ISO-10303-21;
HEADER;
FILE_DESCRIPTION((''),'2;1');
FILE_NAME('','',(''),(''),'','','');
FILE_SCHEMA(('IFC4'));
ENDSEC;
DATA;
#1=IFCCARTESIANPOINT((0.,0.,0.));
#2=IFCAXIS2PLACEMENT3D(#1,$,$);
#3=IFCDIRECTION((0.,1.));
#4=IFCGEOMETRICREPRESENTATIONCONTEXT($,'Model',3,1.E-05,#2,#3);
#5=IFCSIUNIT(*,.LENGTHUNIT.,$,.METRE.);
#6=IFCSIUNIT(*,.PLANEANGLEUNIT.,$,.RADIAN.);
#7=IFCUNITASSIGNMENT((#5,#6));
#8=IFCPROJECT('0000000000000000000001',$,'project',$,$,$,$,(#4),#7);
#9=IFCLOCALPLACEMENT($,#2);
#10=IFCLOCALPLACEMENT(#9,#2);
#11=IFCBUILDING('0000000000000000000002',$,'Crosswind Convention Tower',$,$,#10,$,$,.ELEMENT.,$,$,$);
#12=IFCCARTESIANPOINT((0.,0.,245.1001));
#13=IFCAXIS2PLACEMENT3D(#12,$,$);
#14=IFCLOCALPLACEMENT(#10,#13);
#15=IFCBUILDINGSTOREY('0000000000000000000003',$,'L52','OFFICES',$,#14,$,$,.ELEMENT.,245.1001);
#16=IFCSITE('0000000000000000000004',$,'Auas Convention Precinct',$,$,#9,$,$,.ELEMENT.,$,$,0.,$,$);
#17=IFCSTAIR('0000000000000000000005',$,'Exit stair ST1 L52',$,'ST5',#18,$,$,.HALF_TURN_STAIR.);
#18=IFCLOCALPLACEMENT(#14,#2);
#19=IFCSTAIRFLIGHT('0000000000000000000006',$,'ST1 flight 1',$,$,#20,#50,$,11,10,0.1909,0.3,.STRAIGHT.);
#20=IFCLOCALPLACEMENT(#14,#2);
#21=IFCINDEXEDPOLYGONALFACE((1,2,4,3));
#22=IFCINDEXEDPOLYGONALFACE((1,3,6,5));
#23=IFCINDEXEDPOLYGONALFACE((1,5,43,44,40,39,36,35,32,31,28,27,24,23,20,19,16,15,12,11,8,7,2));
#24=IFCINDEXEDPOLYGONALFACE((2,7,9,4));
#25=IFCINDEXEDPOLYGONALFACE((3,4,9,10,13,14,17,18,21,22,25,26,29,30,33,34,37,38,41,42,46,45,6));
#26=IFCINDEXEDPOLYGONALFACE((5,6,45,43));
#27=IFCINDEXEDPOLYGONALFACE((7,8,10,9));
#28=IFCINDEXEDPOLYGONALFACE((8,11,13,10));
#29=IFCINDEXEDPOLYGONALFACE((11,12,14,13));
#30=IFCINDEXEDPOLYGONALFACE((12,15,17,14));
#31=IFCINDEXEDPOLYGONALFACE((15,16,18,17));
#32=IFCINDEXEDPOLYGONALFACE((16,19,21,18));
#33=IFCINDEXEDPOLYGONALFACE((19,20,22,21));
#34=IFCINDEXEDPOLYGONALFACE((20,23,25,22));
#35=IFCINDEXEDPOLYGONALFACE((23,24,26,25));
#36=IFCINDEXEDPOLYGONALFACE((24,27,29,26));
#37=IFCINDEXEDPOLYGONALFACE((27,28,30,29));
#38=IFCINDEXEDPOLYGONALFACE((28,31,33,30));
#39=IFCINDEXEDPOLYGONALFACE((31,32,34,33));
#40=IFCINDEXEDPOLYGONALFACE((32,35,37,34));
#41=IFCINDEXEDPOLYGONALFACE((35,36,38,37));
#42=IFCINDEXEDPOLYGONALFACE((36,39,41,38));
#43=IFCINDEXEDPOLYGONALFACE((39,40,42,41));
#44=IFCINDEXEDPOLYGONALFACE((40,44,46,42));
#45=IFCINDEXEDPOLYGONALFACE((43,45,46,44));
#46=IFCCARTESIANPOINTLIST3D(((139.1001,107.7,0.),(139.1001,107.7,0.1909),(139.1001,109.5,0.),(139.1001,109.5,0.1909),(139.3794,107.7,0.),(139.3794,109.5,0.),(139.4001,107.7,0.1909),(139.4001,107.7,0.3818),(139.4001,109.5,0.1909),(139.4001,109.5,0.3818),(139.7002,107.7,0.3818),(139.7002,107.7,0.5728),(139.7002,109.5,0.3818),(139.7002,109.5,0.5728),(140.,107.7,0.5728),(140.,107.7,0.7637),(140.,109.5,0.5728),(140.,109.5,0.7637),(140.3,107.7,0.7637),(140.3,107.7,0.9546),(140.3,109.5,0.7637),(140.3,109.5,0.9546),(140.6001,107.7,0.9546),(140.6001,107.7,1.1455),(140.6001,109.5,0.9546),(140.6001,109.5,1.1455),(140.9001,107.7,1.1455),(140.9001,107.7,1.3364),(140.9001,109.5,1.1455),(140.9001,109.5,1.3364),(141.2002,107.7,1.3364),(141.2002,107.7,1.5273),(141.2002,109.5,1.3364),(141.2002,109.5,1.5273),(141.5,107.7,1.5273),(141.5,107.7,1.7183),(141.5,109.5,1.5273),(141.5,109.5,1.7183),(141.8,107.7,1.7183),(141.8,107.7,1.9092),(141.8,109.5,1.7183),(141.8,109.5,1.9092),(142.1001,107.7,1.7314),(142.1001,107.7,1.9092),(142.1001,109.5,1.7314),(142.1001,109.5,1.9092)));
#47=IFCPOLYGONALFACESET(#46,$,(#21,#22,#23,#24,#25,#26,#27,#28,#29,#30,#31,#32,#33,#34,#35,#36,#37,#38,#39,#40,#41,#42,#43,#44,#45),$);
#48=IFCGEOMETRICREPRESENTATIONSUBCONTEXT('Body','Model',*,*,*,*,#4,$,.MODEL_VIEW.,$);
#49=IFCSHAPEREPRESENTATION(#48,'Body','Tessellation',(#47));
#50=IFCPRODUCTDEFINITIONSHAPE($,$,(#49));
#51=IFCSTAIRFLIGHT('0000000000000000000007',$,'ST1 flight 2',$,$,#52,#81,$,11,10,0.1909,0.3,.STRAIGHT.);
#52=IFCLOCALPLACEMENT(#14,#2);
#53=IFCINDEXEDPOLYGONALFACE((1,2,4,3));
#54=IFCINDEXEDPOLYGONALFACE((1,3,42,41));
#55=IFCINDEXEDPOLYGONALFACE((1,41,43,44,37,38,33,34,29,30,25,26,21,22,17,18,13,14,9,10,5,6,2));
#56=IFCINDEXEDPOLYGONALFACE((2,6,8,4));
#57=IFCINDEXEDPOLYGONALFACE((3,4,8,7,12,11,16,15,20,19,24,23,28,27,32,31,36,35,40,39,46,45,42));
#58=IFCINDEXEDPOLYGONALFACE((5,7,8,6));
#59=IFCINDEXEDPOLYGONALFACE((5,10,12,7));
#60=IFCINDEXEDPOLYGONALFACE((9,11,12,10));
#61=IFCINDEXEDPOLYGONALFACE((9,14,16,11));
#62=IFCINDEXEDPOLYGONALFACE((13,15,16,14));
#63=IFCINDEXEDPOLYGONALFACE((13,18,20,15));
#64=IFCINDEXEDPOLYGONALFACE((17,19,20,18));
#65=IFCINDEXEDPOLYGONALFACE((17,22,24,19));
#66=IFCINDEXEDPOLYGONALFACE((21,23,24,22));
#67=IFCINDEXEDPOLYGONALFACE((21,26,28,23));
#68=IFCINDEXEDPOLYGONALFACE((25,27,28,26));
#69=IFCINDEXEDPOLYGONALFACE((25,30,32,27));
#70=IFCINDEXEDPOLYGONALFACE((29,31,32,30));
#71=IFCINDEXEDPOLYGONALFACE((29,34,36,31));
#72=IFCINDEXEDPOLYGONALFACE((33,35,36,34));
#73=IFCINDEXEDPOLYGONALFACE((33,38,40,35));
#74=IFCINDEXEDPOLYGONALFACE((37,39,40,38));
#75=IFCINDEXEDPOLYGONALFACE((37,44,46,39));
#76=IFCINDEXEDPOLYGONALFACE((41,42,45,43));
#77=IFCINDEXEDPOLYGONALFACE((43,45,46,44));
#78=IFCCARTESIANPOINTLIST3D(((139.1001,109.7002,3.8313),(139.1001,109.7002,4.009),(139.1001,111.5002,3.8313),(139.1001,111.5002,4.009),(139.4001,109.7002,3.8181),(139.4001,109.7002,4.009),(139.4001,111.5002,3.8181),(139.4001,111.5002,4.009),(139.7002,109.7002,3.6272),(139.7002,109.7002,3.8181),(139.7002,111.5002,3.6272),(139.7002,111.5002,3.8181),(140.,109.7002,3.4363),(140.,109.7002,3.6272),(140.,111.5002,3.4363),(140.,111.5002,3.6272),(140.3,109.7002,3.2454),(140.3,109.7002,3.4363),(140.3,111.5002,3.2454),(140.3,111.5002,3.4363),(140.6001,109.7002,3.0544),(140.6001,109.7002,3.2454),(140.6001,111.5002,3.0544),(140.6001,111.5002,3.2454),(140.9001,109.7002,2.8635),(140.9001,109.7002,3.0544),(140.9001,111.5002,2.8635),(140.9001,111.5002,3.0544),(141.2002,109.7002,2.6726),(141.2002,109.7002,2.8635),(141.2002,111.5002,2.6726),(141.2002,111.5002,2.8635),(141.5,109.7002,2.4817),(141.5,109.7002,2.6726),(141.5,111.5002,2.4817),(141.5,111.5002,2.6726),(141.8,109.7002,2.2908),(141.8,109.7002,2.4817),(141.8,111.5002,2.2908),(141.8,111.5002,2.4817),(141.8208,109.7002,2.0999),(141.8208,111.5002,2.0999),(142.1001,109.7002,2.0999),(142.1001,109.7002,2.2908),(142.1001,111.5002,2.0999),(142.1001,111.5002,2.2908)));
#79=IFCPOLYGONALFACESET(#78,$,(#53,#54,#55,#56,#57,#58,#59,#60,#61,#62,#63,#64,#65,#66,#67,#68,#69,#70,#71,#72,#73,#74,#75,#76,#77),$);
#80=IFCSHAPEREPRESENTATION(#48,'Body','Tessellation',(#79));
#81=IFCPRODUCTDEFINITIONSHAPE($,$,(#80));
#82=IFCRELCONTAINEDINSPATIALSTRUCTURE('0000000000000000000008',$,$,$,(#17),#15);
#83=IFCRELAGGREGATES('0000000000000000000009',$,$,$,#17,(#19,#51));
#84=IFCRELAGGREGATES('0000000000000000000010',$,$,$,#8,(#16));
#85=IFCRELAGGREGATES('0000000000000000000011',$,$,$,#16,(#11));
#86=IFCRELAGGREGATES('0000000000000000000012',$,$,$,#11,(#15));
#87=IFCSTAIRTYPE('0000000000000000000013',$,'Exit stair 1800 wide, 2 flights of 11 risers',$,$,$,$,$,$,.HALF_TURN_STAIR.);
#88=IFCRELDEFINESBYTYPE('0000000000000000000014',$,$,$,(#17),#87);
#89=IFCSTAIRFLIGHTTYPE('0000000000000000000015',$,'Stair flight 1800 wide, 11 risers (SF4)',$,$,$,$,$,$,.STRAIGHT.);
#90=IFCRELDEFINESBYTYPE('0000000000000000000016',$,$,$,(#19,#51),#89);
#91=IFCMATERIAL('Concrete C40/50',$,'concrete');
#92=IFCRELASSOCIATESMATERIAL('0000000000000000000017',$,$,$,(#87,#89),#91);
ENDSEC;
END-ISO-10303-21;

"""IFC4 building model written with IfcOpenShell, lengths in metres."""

from ifc_helpers import new_model, si_unit, direction, frame, origin, place, context, subcontext, project, spatial, polyline, outline, extrude, material, type_object, element, aggregate, save


model = new_model("IFC4")

# Units and contexts
model_context = context("Model", 3, precision=1e-05, world=origin(), true_north=direction((0.0, 1.0)))
body_context = subcontext(model_context, "Body", "Model", "MODEL_VIEW")
ifc_project = project(units=[si_unit("LENGTHUNIT", "METRE"), si_unit("PLANEANGLEUNIT", "RADIAN")], contexts=[model_context])

# Site, building, storey
site_placement = place(None, origin())
site = spatial("IfcSite", under=ifc_project, at=site_placement, Name="Auas Convention Precinct", CompositionType="ELEMENT", RefElevation=0.0)
building_placement = place(site_placement, origin())
building = spatial("IfcBuilding", under=site, at=building_placement, Name="Crosswind Convention Tower", CompositionType="ELEMENT")
storey_placement = place(building_placement, frame((0.0, 0.0, 245.1001)))
storey = spatial("IfcBuildingStorey", under=building, at=storey_placement, Name="L52", Description="OFFICES", CompositionType="ELEMENT", Elevation=245.1001)

# Stair, stair flights
ifc_material_1 = material(Name="Concrete C40/50", Category="concrete")
stair_type = type_object("IfcStairType", Name="Exit stair 1800 wide, 2 flights of 11 risers", PredefinedType="HALF_TURN_STAIR", material=ifc_material_1)
stair_placement = place(storey_placement, origin())
stair = element("IfcStair", 1, at=stair_placement, inside=storey, type_object=stair_type, Name="Exit stair ST1 L52", ObjectType="ST5", PredefinedType="HALF_TURN_STAIR")
stair_flight_type = type_object("IfcStairFlightType", Name="Stair flight 1800 wide, 11 risers (SF4)", PredefinedType="STRAIGHT", material=ifc_material_1)
stair_flight_1_placement = place(storey_placement, frame((139.1001, 108.6001, 0.0), z_axis=(0.0, 0.0, 1.0), x_axis=(1.0, 0.0, 0.0)))
stair_flight_1 = element("IfcStairFlight", 2, at=stair_flight_1_placement, type_object=stair_flight_type, Name="ST1 flight 1", NumberOfRisers=11, NumberOfTreads=10, PredefinedType="STRAIGHT", RiserHeight=0.1909, TreadLength=0.3, context=body_context, shape_type="SweptSolid", body=[
    extrude(outline(polyline([(0.0, 0.0), (0.0, 0.1909), (0.3, 0.1909), (0.3, 0.3818), (0.6001, 0.3818), (0.6001, 0.5728), (0.8999, 0.5728), (0.8999, 0.7637), (1.2, 0.7637), (1.2, 0.9546), (1.5, 0.9546), (1.5, 1.1455), (1.8, 1.1455), (1.8, 1.3364), (2.1001, 1.3364), (2.1001, 1.5273), (2.3999, 1.5273), (2.3999, 1.7183), (2.7, 1.7183), (2.7, 1.9092), (3.0, 1.9092), (3.0, 2.1001), (3.0, 1.7314), (0.2793, 0.0), (0.0, 0.0)])), frame((0.0, 0.8999, 0.0), z_axis=(0.0, -1.0, 0.0), x_axis=(1.0, 0.0, 0.0)), (0.0, 0.0, 1.0), 1.8),
])
stair_flight_2_placement = place(storey_placement, frame((142.1001, 110.6001, 2.0999), z_axis=(0.0, 0.0, 1.0), x_axis=(-1.0, 0.0, 0.0)))
stair_flight_2 = element("IfcStairFlight", 3, at=stair_flight_2_placement, type_object=stair_flight_type, Name="ST1 flight 2", NumberOfRisers=11, NumberOfTreads=10, PredefinedType="STRAIGHT", RiserHeight=0.1909, TreadLength=0.3, context=body_context, shape_type="SweptSolid", body=[
    extrude(outline(polyline([(0.0, 0.0), (0.0, 0.1909), (0.3, 0.1909), (0.3, 0.3818), (0.6001, 0.3818), (0.6001, 0.5728), (0.8999, 0.5728), (0.8999, 0.7637), (1.2, 0.7637), (1.2, 0.9546), (1.5, 0.9546), (1.5, 1.1455), (1.8, 1.1455), (1.8, 1.3364), (2.1001, 1.3364), (2.1001, 1.5273), (2.3999, 1.5273), (2.3999, 1.7183), (2.7, 1.7183), (2.7, 1.9092), (3.0, 1.9092), (3.0, 2.1001), (3.0, 1.7314), (0.2793, 0.0), (0.0, 0.0)])), frame((0.0, 0.8999, 0.0), z_axis=(0.0, -1.0, 0.0), x_axis=(1.0, 0.0, 0.0)), (0.0, 0.0, 1.0), 1.8),
])
aggregate(stair, [stair_flight_1, stair_flight_2])

save(model, "model.ifc")
